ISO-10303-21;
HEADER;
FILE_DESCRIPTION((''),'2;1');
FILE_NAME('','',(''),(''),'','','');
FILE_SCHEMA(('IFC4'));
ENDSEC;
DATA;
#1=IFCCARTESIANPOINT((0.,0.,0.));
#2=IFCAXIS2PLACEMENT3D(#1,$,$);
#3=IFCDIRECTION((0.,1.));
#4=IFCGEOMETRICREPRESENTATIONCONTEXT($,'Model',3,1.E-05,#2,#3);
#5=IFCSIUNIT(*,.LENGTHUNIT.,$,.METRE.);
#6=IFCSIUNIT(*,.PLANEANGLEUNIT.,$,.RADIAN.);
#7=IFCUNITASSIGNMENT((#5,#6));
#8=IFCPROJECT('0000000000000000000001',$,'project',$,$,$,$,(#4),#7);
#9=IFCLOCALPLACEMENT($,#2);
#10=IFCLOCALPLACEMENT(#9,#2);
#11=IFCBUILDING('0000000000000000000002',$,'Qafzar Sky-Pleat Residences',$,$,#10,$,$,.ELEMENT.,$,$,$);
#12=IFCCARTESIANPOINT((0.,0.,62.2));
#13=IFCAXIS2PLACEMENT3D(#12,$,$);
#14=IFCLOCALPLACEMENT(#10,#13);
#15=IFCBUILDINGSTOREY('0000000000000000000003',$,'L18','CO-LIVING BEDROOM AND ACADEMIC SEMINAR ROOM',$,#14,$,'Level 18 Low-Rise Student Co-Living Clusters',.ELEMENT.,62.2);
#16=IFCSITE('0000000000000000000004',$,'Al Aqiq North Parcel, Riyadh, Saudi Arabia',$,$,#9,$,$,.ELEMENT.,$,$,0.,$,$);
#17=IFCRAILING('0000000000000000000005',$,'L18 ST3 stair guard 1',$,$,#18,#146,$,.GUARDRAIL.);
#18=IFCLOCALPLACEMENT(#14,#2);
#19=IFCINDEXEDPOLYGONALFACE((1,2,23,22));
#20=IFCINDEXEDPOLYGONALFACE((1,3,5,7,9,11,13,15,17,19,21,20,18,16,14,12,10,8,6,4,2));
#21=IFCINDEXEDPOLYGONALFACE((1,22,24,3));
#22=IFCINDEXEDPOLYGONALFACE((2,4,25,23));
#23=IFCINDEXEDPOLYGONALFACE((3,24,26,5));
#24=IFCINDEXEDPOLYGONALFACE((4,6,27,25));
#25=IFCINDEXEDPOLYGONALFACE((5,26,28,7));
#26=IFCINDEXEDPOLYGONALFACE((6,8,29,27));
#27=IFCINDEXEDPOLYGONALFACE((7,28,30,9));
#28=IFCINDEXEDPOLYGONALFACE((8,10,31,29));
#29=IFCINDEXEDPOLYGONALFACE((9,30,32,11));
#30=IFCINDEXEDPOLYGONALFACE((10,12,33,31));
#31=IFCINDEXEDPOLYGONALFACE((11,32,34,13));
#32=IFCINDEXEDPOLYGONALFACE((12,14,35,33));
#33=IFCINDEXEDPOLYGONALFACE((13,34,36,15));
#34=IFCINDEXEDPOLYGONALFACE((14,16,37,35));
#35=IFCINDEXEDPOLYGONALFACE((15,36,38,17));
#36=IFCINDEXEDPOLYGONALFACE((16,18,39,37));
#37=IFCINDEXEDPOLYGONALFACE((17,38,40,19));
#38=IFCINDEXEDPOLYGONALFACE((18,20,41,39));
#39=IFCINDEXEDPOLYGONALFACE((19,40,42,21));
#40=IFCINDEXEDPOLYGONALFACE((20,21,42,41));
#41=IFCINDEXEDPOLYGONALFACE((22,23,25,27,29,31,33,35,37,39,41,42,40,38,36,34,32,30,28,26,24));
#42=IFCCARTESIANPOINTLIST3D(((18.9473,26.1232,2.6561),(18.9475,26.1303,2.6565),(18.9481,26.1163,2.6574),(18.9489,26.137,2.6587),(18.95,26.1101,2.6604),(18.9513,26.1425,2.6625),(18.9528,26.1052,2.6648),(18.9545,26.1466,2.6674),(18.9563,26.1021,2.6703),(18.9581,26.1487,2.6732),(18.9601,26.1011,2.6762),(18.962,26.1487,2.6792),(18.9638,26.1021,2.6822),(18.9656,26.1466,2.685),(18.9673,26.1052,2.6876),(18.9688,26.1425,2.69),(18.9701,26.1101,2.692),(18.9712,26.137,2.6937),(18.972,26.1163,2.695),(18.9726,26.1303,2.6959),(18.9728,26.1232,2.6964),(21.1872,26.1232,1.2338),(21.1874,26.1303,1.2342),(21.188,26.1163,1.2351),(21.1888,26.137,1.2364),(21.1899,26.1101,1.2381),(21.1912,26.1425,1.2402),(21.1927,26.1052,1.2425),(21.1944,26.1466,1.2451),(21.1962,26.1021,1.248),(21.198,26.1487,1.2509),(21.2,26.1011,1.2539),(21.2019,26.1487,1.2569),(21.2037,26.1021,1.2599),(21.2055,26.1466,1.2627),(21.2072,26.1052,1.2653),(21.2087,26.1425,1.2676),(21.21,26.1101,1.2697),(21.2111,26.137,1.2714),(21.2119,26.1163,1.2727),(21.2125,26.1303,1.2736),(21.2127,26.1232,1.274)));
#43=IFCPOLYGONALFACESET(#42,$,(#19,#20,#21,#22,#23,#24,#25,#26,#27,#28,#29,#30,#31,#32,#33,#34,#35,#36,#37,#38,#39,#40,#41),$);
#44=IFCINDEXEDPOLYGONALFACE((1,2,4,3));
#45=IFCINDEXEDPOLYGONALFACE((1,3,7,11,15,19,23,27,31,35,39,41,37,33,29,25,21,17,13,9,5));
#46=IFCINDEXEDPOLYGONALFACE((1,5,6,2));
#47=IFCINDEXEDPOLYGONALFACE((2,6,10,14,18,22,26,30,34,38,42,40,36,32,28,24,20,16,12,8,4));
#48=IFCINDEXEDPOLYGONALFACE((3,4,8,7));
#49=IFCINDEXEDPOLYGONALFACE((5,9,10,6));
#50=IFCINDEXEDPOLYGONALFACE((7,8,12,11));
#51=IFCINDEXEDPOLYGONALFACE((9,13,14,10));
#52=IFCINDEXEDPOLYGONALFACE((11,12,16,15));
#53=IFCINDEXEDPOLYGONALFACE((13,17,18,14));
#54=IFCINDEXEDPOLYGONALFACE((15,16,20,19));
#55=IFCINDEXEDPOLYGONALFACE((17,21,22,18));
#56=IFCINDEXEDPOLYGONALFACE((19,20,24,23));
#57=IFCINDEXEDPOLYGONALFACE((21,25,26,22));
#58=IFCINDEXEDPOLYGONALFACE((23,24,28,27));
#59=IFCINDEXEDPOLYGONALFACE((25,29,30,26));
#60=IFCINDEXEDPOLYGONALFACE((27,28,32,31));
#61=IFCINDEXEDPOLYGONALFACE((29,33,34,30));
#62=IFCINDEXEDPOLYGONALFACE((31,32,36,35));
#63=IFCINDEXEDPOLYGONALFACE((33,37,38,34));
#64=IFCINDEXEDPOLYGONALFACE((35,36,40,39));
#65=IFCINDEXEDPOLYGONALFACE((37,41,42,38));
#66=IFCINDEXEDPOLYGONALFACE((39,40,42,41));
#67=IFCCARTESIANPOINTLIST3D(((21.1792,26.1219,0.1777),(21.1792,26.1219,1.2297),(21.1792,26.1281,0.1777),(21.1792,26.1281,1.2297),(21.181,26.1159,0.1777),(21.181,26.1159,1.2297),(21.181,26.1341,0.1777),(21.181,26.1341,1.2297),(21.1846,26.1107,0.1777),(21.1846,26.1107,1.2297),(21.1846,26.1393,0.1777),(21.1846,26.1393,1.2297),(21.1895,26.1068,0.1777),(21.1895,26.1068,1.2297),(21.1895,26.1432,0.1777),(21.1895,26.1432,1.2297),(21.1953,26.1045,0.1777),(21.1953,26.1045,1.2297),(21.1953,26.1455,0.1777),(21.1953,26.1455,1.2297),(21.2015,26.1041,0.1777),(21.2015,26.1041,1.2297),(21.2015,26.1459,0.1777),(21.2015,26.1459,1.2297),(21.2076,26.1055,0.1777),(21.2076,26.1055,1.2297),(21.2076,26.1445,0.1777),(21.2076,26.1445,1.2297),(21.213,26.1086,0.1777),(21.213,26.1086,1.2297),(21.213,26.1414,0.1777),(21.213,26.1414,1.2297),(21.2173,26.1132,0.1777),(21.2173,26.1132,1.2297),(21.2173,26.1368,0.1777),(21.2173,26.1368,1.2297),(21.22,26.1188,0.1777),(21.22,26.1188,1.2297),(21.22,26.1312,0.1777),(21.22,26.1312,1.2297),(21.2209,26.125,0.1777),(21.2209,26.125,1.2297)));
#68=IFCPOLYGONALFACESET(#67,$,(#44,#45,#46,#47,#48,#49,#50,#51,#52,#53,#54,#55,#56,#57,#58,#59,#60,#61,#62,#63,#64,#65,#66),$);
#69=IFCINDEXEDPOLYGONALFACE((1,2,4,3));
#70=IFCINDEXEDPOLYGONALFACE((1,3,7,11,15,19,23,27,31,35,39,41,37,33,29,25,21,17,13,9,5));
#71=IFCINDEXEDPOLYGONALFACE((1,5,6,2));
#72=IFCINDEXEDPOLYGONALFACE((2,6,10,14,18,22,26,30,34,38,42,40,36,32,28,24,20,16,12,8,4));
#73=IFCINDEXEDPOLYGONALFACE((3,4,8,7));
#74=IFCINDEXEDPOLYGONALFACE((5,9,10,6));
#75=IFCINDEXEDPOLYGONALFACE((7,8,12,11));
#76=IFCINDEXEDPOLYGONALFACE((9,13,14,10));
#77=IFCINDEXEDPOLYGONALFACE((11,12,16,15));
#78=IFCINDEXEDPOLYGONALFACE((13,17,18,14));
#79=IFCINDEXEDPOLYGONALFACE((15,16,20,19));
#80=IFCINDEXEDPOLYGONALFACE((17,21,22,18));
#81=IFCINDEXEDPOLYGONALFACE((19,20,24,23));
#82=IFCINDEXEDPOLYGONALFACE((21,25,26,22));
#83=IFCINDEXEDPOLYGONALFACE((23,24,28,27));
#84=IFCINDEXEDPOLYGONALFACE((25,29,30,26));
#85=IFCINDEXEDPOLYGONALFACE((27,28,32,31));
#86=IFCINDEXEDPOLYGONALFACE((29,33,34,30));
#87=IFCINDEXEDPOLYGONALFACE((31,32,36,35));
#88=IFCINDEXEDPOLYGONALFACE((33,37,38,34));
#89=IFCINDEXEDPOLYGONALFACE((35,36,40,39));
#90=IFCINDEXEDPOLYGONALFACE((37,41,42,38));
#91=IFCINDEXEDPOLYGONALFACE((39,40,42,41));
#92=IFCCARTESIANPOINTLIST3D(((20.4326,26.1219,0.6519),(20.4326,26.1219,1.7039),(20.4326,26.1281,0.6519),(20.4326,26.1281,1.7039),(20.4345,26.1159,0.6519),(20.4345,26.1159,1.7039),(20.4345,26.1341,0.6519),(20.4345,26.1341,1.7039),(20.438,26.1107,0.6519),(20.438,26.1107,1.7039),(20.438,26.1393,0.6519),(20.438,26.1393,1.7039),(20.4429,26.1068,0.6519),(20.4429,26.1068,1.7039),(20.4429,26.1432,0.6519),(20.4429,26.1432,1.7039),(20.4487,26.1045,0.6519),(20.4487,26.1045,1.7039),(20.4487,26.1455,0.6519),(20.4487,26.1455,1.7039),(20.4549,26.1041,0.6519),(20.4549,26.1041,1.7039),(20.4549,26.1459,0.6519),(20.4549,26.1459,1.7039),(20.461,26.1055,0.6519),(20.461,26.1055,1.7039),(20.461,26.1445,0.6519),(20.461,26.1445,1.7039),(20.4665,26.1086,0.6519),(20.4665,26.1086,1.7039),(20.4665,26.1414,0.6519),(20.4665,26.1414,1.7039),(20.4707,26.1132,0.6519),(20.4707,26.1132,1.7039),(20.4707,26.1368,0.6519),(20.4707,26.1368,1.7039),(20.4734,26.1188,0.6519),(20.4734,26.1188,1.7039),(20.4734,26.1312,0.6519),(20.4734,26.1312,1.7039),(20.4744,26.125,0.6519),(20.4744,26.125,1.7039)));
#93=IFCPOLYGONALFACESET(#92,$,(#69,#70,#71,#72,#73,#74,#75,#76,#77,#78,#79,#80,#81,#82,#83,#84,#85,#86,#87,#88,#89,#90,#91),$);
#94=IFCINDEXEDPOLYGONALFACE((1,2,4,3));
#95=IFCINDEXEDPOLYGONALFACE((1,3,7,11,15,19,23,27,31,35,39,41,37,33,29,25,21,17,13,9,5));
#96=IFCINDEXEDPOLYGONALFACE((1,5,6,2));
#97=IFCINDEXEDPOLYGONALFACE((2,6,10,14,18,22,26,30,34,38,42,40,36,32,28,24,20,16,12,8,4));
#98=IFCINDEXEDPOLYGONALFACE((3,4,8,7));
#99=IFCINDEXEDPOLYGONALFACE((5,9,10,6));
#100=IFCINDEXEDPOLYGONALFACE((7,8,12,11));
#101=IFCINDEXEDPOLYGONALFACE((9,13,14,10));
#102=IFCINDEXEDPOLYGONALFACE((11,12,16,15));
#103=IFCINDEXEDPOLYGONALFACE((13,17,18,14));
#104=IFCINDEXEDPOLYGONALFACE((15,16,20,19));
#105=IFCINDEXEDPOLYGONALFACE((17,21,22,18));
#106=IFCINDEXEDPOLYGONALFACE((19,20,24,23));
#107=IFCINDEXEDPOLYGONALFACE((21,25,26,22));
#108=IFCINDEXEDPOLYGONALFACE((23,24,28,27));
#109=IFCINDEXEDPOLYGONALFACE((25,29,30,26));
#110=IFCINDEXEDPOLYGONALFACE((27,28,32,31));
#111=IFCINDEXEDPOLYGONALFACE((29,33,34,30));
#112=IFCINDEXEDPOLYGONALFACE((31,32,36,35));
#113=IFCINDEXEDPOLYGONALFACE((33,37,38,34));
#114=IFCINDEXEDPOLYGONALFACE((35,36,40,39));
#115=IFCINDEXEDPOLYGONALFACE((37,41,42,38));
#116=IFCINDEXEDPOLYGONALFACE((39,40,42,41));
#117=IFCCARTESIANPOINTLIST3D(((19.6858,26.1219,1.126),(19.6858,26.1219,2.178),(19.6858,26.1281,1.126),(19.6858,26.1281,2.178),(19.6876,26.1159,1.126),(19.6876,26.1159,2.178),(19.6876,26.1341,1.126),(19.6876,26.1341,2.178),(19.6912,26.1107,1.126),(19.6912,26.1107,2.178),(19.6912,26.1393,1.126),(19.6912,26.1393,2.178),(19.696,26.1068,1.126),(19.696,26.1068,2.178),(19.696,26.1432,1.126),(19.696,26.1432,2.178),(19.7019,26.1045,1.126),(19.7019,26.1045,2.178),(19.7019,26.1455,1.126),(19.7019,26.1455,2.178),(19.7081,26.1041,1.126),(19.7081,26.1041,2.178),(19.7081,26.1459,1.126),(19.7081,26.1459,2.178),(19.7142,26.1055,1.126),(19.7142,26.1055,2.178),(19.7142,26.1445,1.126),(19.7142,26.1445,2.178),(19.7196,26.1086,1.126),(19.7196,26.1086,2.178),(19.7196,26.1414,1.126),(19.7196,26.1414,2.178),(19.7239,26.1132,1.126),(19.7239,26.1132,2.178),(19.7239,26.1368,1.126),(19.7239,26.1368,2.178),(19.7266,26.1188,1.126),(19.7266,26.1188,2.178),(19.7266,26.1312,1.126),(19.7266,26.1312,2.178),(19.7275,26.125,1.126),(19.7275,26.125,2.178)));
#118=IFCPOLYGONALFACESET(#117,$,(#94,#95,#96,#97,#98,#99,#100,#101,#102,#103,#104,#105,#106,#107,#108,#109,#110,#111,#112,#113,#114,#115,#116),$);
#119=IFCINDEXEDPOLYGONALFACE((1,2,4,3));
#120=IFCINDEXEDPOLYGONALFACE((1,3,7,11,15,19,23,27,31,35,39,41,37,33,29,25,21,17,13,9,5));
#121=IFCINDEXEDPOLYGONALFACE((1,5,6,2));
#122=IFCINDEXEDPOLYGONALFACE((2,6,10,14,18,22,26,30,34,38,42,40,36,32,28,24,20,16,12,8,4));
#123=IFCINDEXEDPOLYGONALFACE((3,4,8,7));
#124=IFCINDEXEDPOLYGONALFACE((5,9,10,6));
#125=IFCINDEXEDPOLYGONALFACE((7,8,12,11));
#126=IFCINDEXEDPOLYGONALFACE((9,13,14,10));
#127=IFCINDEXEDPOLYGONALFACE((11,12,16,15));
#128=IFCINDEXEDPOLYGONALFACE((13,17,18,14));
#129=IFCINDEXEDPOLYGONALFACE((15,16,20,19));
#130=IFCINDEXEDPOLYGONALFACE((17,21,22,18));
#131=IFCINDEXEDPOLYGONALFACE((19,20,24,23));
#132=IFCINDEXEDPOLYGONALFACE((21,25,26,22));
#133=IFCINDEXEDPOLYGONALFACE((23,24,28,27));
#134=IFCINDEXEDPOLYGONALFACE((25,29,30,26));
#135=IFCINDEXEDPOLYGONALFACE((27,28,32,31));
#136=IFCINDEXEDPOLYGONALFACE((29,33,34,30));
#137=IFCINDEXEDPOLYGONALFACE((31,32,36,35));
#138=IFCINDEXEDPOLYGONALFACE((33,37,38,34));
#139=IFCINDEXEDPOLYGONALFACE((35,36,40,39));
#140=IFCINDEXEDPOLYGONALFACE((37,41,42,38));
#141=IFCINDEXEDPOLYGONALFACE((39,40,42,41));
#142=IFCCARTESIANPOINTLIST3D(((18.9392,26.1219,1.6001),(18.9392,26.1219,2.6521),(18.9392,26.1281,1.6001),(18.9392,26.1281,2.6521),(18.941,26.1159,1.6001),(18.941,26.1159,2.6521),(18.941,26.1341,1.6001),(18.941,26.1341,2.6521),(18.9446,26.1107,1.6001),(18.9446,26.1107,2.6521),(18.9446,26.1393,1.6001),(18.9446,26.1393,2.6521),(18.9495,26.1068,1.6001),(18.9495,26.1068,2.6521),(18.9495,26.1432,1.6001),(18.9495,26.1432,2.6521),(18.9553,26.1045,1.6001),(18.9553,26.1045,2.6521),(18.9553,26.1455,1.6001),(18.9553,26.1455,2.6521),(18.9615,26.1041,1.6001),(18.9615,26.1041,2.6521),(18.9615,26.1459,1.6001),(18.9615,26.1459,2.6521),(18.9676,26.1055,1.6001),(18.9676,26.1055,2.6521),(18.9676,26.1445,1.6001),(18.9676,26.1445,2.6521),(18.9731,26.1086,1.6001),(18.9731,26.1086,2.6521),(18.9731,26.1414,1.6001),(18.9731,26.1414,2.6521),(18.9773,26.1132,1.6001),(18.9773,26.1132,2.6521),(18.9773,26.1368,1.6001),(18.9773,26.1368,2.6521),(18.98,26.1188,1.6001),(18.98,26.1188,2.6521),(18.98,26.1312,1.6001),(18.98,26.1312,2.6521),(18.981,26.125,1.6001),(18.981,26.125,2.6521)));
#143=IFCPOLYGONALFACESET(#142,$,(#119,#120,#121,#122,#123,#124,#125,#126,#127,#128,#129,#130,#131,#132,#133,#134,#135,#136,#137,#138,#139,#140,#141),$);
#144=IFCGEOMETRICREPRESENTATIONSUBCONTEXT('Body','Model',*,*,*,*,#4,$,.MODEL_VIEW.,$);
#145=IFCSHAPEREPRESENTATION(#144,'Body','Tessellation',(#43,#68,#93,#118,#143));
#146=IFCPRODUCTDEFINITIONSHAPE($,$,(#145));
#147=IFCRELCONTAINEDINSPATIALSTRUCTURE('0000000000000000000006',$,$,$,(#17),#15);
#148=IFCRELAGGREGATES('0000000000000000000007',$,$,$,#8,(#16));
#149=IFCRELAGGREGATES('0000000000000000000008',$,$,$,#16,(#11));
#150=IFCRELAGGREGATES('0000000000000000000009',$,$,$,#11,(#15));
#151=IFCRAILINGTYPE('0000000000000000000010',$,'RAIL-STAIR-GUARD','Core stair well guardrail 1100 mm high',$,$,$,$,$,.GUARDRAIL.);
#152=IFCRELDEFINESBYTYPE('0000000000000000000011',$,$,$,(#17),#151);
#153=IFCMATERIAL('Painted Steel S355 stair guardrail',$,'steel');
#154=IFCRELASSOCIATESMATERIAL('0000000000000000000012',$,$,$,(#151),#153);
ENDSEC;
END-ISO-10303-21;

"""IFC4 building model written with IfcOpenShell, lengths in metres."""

from ifc_helpers import new_model, si_unit, direction, frame, origin, origin_2d, place, context, subcontext, project, spatial, circle, extrude, source, transform, mapped, material, type_object, element, save


model = new_model("IFC4")

# Units and contexts
model_context = context("Model", 3, precision=1e-05, world=origin(), true_north=direction((0.0, 1.0)))
body_context = subcontext(model_context, "Body", "Model", "MODEL_VIEW")
ifc_project = project(units=[si_unit("LENGTHUNIT", "METRE"), si_unit("PLANEANGLEUNIT", "RADIAN")], contexts=[model_context])

# Site, building, storey
site_placement = place(None, origin())
site = spatial("IfcSite", under=ifc_project, at=site_placement, Name="Al Aqiq North Parcel, Riyadh, Saudi Arabia", CompositionType="ELEMENT", RefElevation=0.0)
building_placement = place(site_placement, origin())
building = spatial("IfcBuilding", under=site, at=building_placement, Name="Qafzar Sky-Pleat Residences", CompositionType="ELEMENT")
storey_placement = place(building_placement, frame((0.0, 0.0, 62.2)))
storey = spatial("IfcBuildingStorey", under=building, at=storey_placement, Name="L18", Description="CO-LIVING BEDROOM AND ACADEMIC SEMINAR ROOM", LongName="Level 18 Low-Rise Student Co-Living Clusters", CompositionType="ELEMENT", Elevation=62.2)

# Railing
ifc_material_1 = material(Name="Painted Steel S355 stair guardrail", Category="steel")
railing_type_1 = type_object("IfcRailingType", Name="RAIL-STAIR-GUARD", Description="Core stair well guardrail 1100 mm high", PredefinedType="GUARDRAIL", material=ifc_material_1)
shared_shape_1 = source(origin(), body_context, "Body", "SweptSolid", [
    extrude(circle(Radius=0.0239, at=origin_2d()), frame((0.0, 0.0, 1.0762), z_axis=(-0.844188, 0.0, 0.536048), x_axis=(0.0, -1.0, 0.0)), (0.0, 0.0, 1.0), 2.6533),
    extrude(circle(Radius=0.021, at=origin_2d()), origin(), (0.0, 0.0, 1.0), 1.052),
    extrude(circle(Radius=0.021, at=origin_2d()), frame((-0.7466, 0.0, 0.4741)), (0.0, 0.0, 1.0), 1.052),
    extrude(circle(Radius=0.021, at=origin_2d()), frame((-1.4934, 0.0, 0.9482)), (0.0, 0.0, 1.0), 1.052),
    extrude(circle(Radius=0.021, at=origin_2d()), frame((-2.24, 0.0, 1.4224)), (0.0, 0.0, 1.0), 1.052),
])
railing_1_placement = place(storey_placement, frame((21.2, 26.125, 0.1777)))
element("IfcRailing", 1, at=railing_1_placement, inside=storey, type_object=railing_type_1, Name="L18 ST3 stair guard 1", PredefinedType="GUARDRAIL", context=body_context, shape_type="MappedRepresentation", body=[
    mapped(shared_shape_1, transform((0.0, 0.0, 0.0), x_axis=(1.0, 0.0, 0.0), y_axis=(0.0, 1.0, 0.0), z_axis=(0.0, 0.0, 1.0), scale=1.0)),
])

save(model, "model.ifc")
